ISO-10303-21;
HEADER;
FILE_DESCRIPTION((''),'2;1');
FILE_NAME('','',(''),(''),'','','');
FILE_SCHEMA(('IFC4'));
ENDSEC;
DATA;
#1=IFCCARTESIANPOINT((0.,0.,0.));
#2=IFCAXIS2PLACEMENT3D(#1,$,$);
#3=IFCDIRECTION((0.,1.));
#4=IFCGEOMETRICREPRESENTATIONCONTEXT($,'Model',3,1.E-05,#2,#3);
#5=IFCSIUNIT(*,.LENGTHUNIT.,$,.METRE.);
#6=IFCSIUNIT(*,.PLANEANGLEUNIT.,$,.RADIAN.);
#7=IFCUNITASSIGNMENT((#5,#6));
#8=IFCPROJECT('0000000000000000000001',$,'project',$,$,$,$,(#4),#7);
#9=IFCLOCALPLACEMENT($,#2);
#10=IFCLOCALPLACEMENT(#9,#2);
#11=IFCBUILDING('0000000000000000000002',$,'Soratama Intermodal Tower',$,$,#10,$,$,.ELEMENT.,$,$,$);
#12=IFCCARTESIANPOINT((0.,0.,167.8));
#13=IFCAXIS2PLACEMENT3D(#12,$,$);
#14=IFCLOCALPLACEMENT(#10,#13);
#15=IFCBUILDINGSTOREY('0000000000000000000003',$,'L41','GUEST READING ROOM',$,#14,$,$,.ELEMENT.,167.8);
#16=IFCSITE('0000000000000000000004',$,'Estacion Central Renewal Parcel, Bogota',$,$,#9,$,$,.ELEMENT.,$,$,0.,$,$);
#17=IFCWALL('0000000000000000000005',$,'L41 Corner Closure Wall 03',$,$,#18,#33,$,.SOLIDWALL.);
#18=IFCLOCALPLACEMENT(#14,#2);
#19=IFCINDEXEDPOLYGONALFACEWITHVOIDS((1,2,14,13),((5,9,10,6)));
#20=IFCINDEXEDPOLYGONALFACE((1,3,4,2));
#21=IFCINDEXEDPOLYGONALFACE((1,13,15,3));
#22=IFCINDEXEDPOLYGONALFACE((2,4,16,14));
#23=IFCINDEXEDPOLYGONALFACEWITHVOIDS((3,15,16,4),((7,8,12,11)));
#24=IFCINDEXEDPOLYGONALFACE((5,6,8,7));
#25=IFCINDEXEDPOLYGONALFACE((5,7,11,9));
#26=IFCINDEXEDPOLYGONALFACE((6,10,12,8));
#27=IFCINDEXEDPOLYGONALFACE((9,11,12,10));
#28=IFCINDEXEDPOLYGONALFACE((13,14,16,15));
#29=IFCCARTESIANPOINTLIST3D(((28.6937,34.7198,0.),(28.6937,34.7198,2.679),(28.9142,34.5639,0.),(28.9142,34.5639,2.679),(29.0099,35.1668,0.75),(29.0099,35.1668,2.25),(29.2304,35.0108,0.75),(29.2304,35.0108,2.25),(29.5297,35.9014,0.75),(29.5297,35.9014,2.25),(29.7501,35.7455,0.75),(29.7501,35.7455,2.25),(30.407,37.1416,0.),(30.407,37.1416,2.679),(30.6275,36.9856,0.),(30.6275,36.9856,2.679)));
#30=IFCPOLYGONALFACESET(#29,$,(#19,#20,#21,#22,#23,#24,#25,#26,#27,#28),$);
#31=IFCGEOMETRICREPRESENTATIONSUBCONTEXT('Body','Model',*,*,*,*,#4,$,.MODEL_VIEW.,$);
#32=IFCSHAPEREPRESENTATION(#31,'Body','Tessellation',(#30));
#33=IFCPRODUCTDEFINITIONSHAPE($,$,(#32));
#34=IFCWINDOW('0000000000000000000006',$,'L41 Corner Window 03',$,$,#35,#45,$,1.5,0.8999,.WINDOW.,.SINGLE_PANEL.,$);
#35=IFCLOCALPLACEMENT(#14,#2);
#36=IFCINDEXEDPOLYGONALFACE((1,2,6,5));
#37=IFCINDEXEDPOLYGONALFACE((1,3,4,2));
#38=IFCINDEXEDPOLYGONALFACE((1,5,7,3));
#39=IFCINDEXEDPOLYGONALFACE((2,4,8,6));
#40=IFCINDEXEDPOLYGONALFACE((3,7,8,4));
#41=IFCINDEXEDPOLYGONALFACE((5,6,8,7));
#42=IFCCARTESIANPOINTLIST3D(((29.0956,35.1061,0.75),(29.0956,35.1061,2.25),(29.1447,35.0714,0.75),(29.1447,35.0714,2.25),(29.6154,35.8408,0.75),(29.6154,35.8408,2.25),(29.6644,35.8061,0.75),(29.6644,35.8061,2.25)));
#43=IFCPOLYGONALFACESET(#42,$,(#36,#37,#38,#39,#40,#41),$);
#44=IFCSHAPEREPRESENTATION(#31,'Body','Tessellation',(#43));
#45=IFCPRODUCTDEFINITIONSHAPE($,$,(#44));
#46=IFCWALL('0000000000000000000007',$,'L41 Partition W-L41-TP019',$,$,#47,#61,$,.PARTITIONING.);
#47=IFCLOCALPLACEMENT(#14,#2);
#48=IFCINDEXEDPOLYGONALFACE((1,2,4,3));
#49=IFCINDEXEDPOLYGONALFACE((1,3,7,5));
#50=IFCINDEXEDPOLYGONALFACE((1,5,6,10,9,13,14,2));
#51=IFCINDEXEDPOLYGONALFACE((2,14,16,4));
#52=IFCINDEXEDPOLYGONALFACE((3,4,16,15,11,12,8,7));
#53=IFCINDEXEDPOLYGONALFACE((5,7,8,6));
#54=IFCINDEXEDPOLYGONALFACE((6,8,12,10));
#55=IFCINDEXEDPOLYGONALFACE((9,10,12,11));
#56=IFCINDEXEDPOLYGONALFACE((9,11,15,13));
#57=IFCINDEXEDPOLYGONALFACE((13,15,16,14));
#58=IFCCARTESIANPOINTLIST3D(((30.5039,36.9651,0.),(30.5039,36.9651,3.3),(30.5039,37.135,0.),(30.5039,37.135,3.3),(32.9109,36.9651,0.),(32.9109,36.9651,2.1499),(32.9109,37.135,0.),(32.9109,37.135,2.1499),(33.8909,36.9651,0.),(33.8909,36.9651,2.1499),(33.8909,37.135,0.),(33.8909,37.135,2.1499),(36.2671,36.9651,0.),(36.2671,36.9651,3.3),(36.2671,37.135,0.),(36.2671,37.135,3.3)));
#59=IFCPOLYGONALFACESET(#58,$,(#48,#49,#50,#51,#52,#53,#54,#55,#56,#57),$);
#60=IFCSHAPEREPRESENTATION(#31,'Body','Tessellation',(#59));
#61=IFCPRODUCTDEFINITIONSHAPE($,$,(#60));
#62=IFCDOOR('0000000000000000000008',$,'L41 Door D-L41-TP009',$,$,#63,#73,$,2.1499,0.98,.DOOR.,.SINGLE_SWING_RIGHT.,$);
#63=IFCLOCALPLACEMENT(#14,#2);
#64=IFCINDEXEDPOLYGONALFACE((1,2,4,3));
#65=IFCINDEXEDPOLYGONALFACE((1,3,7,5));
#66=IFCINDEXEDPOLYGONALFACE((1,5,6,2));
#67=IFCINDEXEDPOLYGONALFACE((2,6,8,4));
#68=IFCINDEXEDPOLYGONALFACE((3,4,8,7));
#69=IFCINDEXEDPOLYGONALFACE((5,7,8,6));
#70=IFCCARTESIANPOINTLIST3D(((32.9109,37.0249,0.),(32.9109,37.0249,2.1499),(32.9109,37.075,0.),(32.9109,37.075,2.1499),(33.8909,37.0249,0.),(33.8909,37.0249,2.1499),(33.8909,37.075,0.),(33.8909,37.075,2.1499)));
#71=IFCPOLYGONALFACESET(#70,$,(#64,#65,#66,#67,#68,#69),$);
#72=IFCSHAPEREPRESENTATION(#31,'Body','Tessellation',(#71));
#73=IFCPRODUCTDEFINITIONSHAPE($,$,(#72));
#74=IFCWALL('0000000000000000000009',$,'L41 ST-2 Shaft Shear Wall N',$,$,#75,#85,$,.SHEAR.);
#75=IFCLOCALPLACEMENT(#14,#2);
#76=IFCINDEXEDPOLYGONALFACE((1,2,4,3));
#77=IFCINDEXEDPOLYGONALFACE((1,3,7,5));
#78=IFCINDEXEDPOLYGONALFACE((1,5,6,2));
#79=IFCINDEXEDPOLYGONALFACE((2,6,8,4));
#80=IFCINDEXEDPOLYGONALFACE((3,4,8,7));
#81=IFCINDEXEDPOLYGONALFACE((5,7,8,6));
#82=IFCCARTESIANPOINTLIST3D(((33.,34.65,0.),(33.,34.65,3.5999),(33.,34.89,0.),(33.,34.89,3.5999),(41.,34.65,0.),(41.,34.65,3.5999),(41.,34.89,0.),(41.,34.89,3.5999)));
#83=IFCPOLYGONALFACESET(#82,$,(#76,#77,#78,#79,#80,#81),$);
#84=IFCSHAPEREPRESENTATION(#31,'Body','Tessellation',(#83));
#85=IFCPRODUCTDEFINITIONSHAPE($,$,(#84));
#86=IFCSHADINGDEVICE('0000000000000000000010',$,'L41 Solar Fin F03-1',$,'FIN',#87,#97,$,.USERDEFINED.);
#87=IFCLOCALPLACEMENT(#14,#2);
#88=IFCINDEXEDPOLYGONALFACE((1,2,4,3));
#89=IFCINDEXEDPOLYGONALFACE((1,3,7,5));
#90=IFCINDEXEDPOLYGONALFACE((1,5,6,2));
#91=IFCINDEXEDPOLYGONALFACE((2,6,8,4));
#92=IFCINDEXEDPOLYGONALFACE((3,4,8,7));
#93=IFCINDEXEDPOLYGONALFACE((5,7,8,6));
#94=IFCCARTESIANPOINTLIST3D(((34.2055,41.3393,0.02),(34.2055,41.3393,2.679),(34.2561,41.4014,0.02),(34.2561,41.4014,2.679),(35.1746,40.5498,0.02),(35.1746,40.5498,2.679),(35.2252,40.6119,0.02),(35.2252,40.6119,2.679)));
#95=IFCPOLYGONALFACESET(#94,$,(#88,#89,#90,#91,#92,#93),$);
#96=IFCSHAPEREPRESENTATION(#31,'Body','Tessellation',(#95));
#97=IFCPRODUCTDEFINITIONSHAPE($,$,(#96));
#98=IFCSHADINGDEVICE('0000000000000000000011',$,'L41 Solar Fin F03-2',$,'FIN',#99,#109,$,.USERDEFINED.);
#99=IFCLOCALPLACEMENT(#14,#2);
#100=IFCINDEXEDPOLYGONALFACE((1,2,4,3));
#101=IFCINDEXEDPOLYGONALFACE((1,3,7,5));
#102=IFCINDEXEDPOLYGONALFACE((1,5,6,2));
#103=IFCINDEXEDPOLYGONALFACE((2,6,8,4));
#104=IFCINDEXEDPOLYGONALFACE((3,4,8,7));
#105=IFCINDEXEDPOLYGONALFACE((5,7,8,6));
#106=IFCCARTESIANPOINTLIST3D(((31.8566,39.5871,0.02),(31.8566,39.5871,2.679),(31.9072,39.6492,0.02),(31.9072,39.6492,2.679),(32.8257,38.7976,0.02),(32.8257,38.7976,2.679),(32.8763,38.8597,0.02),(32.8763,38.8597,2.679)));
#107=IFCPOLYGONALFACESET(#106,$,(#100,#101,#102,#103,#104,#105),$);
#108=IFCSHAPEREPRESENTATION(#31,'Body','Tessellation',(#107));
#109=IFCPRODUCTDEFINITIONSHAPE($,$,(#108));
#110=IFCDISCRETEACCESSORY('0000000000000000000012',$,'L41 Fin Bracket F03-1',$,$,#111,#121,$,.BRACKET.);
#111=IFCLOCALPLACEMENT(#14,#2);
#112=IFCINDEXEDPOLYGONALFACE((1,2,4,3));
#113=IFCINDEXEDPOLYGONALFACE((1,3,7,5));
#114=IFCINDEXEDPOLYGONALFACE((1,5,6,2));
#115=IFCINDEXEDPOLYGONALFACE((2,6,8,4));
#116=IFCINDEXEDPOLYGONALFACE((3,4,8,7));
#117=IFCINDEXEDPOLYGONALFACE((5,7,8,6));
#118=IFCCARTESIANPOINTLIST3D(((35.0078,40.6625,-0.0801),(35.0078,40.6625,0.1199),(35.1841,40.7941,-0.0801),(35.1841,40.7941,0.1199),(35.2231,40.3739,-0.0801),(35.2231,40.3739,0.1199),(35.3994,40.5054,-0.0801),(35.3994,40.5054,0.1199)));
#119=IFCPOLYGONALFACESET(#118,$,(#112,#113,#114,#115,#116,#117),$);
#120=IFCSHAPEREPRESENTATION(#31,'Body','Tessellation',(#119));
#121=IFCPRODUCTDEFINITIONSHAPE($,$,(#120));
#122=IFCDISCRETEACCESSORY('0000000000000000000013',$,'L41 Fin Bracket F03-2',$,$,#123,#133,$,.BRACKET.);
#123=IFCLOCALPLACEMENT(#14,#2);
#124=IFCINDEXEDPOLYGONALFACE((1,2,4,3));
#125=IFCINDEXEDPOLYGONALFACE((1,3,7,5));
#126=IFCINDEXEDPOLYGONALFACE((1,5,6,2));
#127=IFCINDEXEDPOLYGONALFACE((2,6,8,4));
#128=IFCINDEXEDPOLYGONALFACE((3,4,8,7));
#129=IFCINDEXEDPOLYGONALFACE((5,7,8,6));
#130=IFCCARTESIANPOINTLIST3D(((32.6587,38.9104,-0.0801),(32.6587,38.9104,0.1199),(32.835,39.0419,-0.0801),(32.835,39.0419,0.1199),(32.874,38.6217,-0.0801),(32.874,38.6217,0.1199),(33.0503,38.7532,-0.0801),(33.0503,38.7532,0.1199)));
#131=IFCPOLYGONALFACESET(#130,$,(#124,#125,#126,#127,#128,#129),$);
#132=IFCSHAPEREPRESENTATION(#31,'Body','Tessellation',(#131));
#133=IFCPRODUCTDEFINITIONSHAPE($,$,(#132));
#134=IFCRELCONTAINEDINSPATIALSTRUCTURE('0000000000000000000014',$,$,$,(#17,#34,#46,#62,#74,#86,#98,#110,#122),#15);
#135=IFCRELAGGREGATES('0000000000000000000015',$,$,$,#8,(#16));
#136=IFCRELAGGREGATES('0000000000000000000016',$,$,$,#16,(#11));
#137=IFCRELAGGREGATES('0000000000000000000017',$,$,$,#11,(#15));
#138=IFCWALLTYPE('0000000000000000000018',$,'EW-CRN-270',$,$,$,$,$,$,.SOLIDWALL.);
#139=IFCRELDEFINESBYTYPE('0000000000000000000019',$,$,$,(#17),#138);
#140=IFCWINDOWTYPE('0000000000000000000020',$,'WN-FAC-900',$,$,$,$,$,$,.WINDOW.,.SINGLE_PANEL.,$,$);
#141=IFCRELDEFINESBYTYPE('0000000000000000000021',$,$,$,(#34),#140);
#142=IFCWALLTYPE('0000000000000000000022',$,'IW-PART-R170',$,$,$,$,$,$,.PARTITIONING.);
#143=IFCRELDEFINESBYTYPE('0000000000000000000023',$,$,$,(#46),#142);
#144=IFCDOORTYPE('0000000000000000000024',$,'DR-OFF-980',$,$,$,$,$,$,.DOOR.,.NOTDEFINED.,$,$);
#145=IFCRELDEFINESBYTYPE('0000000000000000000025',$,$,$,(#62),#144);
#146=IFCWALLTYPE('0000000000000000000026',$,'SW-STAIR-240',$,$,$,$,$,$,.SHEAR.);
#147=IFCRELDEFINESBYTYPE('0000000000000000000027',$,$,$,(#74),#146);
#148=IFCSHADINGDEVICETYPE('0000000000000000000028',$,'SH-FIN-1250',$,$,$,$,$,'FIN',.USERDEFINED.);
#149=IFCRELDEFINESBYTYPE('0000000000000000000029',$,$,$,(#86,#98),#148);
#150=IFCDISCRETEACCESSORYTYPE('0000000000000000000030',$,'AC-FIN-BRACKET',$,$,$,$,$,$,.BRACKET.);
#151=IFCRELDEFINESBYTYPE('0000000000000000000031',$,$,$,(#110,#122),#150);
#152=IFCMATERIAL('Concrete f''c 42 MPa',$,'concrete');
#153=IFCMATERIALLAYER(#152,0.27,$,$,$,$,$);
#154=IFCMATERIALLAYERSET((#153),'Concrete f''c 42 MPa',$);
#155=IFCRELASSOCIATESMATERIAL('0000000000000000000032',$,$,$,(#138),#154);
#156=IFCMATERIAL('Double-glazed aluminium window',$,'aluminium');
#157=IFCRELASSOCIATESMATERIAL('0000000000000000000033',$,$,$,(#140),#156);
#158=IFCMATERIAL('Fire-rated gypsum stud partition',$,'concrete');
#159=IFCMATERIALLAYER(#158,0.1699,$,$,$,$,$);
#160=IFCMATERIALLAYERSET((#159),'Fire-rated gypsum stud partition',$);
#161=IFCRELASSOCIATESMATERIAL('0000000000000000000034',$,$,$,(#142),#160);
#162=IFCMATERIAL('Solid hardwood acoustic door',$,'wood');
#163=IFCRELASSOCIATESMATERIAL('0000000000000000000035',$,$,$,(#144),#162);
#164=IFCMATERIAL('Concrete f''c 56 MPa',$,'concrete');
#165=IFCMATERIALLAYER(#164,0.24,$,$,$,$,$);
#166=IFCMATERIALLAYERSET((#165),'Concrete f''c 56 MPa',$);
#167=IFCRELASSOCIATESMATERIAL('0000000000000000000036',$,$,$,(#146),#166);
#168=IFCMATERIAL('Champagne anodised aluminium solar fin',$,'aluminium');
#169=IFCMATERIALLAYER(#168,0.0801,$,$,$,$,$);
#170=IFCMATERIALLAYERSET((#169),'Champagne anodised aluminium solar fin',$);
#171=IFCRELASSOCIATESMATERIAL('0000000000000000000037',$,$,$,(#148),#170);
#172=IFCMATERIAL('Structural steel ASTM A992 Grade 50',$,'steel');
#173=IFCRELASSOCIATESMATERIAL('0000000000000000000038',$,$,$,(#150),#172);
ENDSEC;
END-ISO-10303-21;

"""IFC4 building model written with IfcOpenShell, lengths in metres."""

from ifc_helpers import new_model, si_unit, direction, frame, frame_2d, origin, origin_2d, place, context, subcontext, project, spatial, rectangle, extrude, material, layer, layer_set, type_object, element, fill, save


model = new_model("IFC4")

# Units and contexts
model_context = context("Model", 3, precision=1e-05, world=origin(), true_north=direction((0.0, 1.0)))
body_context = subcontext(model_context, "Body", "Model", "MODEL_VIEW")
ifc_project = project(units=[si_unit("LENGTHUNIT", "METRE"), si_unit("PLANEANGLEUNIT", "RADIAN")], contexts=[model_context])

# Site, building, storey
site_placement = place(None, origin())
site = spatial("IfcSite", under=ifc_project, at=site_placement, Name="Estacion Central Renewal Parcel, Bogota", CompositionType="ELEMENT", RefElevation=0.0)
building_placement = place(site_placement, origin())
building = spatial("IfcBuilding", under=site, at=building_placement, Name="Soratama Intermodal Tower", CompositionType="ELEMENT")
storey_placement = place(building_placement, frame((0.0, 0.0, 167.8)))
storey = spatial("IfcBuildingStorey", under=building, at=storey_placement, Name="L41", Description="GUEST READING ROOM", CompositionType="ELEMENT", Elevation=167.8)

# Wall, opening, window
ifc_material_1 = material(Name="Concrete f'c 42 MPa", Category="concrete")
ifc_layer_1 = layer(ifc_material_1, 0.27)
ifc_layer_set_1 = layer_set([ifc_layer_1], Name="Concrete f'c 42 MPa")
wall_type_1 = type_object("IfcWallType", Name="EW-CRN-270", PredefinedType="SOLIDWALL", material=ifc_layer_set_1)
wall_1_placement = place(storey_placement, frame((30.5173, 37.0637, 0.0), z_axis=(0.0, 0.0, 1.0), x_axis=(-0.577542, -0.816361, 0.0)))
wall_1 = element("IfcWall", 1, at=wall_1_placement, inside=storey, type_object=wall_type_1, Name="L41 Corner Closure Wall 03", PredefinedType="SOLIDWALL", context=body_context, shape_type="SweptSolid", body=[
    extrude(rectangle(XDim=2.9666, YDim=0.27, at=frame_2d((1.4834, 0.0))), origin(), (0.0, 0.0, 1.0), 2.679),
])
opening_1_placement = place(wall_1_placement, frame((1.5193, 0.0, 0.75)))
opening_1 = element("IfcOpeningElement", 2, at=opening_1_placement, cuts=wall_1, PredefinedType="OPENING", context=body_context, shape_type="SweptSolid", body=[
    extrude(rectangle(XDim=0.8999, YDim=1.5, at=frame_2d((0.45, 0.75))), frame((0.0, 0.145, 0.0), z_axis=(0.0, -1.0, 0.0), x_axis=(1.0, 0.0, 0.0)), (0.0, 0.0, 1.0), 0.29),
])
ifc_material_2 = material(Name="Double-glazed aluminium window", Category="aluminium")
window_type_1 = type_object("IfcWindowType", Name="WN-FAC-900", PartitioningType="SINGLE_PANEL", PredefinedType="WINDOW", material=ifc_material_2)
window_1_placement = place(opening_1_placement, origin())
window_1 = element("IfcWindow", 3, at=window_1_placement, inside=storey, type_object=window_type_1, Name="L41 Corner Window 03", OverallHeight=1.5, OverallWidth=0.8999, PartitioningType="SINGLE_PANEL", PredefinedType="WINDOW", context=body_context, shape_type="SweptSolid", body=[
    extrude(rectangle(XDim=0.8999, YDim=1.5, at=frame_2d((0.45, 0.75))), frame((0.0, 0.03, 0.0), z_axis=(0.0, -1.0, 0.0), x_axis=(1.0, 0.0, 0.0)), (0.0, 0.0, 1.0), 0.0601),
])
fill(opening_1, window_1)

# Wall, opening, door
ifc_material_3 = material(Name="Fire-rated gypsum stud partition", Category="concrete")
ifc_layer_2 = layer(ifc_material_3, 0.1699)
ifc_layer_set_2 = layer_set([ifc_layer_2], Name="Fire-rated gypsum stud partition")
wall_type_2 = type_object("IfcWallType", Name="IW-PART-R170", PredefinedType="PARTITIONING", material=ifc_layer_set_2)
wall_2_placement = place(storey_placement, frame((30.5039, 37.05, 0.0), z_axis=(0.0, 0.0, 1.0), x_axis=(1.0, 0.0, 0.0)))
wall_2 = element("IfcWall", 4, at=wall_2_placement, inside=storey, type_object=wall_type_2, Name="L41 Partition W-L41-TP019", PredefinedType="PARTITIONING", context=body_context, shape_type="SweptSolid", body=[
    extrude(rectangle(XDim=5.7632, YDim=0.1699, at=frame_2d((2.8816, 0.0))), origin(), (0.0, 0.0, 1.0), 3.3),
])
opening_2_placement = place(wall_2_placement, frame((2.407, 0.0, 0.0)))
opening_2 = element("IfcOpeningElement", 5, at=opening_2_placement, cuts=wall_2, PredefinedType="OPENING", context=body_context, shape_type="SweptSolid", body=[
    extrude(rectangle(XDim=0.98, YDim=2.1499, at=frame_2d((0.49, 1.075))), frame((0.0, 0.095, 0.0), z_axis=(0.0, -1.0, 0.0), x_axis=(1.0, 0.0, 0.0)), (0.0, 0.0, 1.0), 0.1899),
])
ifc_material_4 = material(Name="Solid hardwood acoustic door", Category="wood")
door_type_1 = type_object("IfcDoorType", Name="DR-OFF-980", OperationType="NOTDEFINED", PredefinedType="DOOR", material=ifc_material_4)
door_1_placement = place(opening_2_placement, origin())
door_1 = element("IfcDoor", 6, at=door_1_placement, inside=storey, type_object=door_type_1, Name="L41 Door D-L41-TP009", OperationType="SINGLE_SWING_RIGHT", OverallHeight=2.1499, OverallWidth=0.98, PredefinedType="DOOR", context=body_context, shape_type="SweptSolid", body=[
    extrude(rectangle(XDim=0.98, YDim=2.1499, at=frame_2d((0.49, 1.075))), frame((0.0, 0.0249, 0.0), z_axis=(0.0, -1.0, 0.0), x_axis=(1.0, 0.0, 0.0)), (0.0, 0.0, 1.0), 0.05),
])
fill(opening_2, door_1)

# Wall
ifc_material_5 = material(Name="Concrete f'c 56 MPa", Category="concrete")
ifc_layer_3 = layer(ifc_material_5, 0.24)
ifc_layer_set_3 = layer_set([ifc_layer_3], Name="Concrete f'c 56 MPa")
wall_type_3 = type_object("IfcWallType", Name="SW-STAIR-240", PredefinedType="SHEAR", material=ifc_layer_set_3)
wall_3_placement = place(storey_placement, frame((33.0, 34.77, 0.0), z_axis=(0.0, 0.0, 1.0), x_axis=(1.0, 0.0, 0.0)))
element("IfcWall", 7, at=wall_3_placement, inside=storey, type_object=wall_type_3, Name="L41 ST-2 Shaft Shear Wall N", PredefinedType="SHEAR", context=body_context, shape_type="SweptSolid", body=[
    extrude(rectangle(XDim=8.0, YDim=0.24, at=frame_2d((4.0, 0.0))), origin(), (0.0, 0.0, 1.0), 3.5999),
])

# Shading devices
ifc_material_6 = material(Name="Champagne anodised aluminium solar fin", Category="aluminium")
ifc_layer_4 = layer(ifc_material_6, 0.0801)
ifc_layer_set_4 = layer_set([ifc_layer_4], Name="Champagne anodised aluminium solar fin")
shading_device_type = type_object("IfcShadingDeviceType", Name="SH-FIN-1250", ElementType="FIN", PredefinedType="USERDEFINED", material=ifc_layer_set_4)
for number, where, z_axis, x_axis, name in (
    (8, (34.7153, 40.9756, 0.02), (0.0, 0.0, 1.0), (-0.775275, 0.631623, 0.0), "L41 Solar Fin F03-1"),
    (9, (32.3665, 39.2234, 0.02), (0.0, 0.0, 1.0), (-0.775275, 0.631623, 0.0), "L41 Solar Fin F03-2"),
):
    element("IfcShadingDevice", number, at=place(storey_placement, frame(where, z_axis=z_axis, x_axis=x_axis)), inside=storey, type_object=shading_device_type, Name=name, ObjectType="FIN", PredefinedType="USERDEFINED", context=body_context, shape_type="SweptSolid", body=[
        extrude(rectangle(XDim=1.25, YDim=0.0801, at=origin_2d()), origin(), (0.0, 0.0, 1.0), 2.6589),
    ])

# Discrete accessories
ifc_material_7 = material(Name="Structural steel ASTM A992 Grade 50", Category="steel")
discrete_accessory_type = type_object("IfcDiscreteAccessoryType", Name="AC-FIN-BRACKET", PredefinedType="BRACKET", material=ifc_material_7)
for number, where, z_axis, x_axis, name in (
    (10, (35.2036, 40.584, -0.0801), (0.0, 0.0, 1.0), (-0.597905, 0.801567, 0.0), "L41 Fin Bracket F03-1"),
    (11, (32.8545, 38.8318, -0.0801), (0.0, 0.0, 1.0), (-0.597905, 0.801567, 0.0), "L41 Fin Bracket F03-2"),
):
    element("IfcDiscreteAccessory", number, at=place(storey_placement, frame(where, z_axis=z_axis, x_axis=x_axis)), inside=storey, type_object=discrete_accessory_type, Name=name, PredefinedType="BRACKET", context=body_context, shape_type="SweptSolid", body=[
        extrude(rectangle(XDim=0.3601, YDim=0.22, at=origin_2d()), origin(), (0.0, 0.0, 1.0), 0.2),
    ])

save(model, "model.ifc")
